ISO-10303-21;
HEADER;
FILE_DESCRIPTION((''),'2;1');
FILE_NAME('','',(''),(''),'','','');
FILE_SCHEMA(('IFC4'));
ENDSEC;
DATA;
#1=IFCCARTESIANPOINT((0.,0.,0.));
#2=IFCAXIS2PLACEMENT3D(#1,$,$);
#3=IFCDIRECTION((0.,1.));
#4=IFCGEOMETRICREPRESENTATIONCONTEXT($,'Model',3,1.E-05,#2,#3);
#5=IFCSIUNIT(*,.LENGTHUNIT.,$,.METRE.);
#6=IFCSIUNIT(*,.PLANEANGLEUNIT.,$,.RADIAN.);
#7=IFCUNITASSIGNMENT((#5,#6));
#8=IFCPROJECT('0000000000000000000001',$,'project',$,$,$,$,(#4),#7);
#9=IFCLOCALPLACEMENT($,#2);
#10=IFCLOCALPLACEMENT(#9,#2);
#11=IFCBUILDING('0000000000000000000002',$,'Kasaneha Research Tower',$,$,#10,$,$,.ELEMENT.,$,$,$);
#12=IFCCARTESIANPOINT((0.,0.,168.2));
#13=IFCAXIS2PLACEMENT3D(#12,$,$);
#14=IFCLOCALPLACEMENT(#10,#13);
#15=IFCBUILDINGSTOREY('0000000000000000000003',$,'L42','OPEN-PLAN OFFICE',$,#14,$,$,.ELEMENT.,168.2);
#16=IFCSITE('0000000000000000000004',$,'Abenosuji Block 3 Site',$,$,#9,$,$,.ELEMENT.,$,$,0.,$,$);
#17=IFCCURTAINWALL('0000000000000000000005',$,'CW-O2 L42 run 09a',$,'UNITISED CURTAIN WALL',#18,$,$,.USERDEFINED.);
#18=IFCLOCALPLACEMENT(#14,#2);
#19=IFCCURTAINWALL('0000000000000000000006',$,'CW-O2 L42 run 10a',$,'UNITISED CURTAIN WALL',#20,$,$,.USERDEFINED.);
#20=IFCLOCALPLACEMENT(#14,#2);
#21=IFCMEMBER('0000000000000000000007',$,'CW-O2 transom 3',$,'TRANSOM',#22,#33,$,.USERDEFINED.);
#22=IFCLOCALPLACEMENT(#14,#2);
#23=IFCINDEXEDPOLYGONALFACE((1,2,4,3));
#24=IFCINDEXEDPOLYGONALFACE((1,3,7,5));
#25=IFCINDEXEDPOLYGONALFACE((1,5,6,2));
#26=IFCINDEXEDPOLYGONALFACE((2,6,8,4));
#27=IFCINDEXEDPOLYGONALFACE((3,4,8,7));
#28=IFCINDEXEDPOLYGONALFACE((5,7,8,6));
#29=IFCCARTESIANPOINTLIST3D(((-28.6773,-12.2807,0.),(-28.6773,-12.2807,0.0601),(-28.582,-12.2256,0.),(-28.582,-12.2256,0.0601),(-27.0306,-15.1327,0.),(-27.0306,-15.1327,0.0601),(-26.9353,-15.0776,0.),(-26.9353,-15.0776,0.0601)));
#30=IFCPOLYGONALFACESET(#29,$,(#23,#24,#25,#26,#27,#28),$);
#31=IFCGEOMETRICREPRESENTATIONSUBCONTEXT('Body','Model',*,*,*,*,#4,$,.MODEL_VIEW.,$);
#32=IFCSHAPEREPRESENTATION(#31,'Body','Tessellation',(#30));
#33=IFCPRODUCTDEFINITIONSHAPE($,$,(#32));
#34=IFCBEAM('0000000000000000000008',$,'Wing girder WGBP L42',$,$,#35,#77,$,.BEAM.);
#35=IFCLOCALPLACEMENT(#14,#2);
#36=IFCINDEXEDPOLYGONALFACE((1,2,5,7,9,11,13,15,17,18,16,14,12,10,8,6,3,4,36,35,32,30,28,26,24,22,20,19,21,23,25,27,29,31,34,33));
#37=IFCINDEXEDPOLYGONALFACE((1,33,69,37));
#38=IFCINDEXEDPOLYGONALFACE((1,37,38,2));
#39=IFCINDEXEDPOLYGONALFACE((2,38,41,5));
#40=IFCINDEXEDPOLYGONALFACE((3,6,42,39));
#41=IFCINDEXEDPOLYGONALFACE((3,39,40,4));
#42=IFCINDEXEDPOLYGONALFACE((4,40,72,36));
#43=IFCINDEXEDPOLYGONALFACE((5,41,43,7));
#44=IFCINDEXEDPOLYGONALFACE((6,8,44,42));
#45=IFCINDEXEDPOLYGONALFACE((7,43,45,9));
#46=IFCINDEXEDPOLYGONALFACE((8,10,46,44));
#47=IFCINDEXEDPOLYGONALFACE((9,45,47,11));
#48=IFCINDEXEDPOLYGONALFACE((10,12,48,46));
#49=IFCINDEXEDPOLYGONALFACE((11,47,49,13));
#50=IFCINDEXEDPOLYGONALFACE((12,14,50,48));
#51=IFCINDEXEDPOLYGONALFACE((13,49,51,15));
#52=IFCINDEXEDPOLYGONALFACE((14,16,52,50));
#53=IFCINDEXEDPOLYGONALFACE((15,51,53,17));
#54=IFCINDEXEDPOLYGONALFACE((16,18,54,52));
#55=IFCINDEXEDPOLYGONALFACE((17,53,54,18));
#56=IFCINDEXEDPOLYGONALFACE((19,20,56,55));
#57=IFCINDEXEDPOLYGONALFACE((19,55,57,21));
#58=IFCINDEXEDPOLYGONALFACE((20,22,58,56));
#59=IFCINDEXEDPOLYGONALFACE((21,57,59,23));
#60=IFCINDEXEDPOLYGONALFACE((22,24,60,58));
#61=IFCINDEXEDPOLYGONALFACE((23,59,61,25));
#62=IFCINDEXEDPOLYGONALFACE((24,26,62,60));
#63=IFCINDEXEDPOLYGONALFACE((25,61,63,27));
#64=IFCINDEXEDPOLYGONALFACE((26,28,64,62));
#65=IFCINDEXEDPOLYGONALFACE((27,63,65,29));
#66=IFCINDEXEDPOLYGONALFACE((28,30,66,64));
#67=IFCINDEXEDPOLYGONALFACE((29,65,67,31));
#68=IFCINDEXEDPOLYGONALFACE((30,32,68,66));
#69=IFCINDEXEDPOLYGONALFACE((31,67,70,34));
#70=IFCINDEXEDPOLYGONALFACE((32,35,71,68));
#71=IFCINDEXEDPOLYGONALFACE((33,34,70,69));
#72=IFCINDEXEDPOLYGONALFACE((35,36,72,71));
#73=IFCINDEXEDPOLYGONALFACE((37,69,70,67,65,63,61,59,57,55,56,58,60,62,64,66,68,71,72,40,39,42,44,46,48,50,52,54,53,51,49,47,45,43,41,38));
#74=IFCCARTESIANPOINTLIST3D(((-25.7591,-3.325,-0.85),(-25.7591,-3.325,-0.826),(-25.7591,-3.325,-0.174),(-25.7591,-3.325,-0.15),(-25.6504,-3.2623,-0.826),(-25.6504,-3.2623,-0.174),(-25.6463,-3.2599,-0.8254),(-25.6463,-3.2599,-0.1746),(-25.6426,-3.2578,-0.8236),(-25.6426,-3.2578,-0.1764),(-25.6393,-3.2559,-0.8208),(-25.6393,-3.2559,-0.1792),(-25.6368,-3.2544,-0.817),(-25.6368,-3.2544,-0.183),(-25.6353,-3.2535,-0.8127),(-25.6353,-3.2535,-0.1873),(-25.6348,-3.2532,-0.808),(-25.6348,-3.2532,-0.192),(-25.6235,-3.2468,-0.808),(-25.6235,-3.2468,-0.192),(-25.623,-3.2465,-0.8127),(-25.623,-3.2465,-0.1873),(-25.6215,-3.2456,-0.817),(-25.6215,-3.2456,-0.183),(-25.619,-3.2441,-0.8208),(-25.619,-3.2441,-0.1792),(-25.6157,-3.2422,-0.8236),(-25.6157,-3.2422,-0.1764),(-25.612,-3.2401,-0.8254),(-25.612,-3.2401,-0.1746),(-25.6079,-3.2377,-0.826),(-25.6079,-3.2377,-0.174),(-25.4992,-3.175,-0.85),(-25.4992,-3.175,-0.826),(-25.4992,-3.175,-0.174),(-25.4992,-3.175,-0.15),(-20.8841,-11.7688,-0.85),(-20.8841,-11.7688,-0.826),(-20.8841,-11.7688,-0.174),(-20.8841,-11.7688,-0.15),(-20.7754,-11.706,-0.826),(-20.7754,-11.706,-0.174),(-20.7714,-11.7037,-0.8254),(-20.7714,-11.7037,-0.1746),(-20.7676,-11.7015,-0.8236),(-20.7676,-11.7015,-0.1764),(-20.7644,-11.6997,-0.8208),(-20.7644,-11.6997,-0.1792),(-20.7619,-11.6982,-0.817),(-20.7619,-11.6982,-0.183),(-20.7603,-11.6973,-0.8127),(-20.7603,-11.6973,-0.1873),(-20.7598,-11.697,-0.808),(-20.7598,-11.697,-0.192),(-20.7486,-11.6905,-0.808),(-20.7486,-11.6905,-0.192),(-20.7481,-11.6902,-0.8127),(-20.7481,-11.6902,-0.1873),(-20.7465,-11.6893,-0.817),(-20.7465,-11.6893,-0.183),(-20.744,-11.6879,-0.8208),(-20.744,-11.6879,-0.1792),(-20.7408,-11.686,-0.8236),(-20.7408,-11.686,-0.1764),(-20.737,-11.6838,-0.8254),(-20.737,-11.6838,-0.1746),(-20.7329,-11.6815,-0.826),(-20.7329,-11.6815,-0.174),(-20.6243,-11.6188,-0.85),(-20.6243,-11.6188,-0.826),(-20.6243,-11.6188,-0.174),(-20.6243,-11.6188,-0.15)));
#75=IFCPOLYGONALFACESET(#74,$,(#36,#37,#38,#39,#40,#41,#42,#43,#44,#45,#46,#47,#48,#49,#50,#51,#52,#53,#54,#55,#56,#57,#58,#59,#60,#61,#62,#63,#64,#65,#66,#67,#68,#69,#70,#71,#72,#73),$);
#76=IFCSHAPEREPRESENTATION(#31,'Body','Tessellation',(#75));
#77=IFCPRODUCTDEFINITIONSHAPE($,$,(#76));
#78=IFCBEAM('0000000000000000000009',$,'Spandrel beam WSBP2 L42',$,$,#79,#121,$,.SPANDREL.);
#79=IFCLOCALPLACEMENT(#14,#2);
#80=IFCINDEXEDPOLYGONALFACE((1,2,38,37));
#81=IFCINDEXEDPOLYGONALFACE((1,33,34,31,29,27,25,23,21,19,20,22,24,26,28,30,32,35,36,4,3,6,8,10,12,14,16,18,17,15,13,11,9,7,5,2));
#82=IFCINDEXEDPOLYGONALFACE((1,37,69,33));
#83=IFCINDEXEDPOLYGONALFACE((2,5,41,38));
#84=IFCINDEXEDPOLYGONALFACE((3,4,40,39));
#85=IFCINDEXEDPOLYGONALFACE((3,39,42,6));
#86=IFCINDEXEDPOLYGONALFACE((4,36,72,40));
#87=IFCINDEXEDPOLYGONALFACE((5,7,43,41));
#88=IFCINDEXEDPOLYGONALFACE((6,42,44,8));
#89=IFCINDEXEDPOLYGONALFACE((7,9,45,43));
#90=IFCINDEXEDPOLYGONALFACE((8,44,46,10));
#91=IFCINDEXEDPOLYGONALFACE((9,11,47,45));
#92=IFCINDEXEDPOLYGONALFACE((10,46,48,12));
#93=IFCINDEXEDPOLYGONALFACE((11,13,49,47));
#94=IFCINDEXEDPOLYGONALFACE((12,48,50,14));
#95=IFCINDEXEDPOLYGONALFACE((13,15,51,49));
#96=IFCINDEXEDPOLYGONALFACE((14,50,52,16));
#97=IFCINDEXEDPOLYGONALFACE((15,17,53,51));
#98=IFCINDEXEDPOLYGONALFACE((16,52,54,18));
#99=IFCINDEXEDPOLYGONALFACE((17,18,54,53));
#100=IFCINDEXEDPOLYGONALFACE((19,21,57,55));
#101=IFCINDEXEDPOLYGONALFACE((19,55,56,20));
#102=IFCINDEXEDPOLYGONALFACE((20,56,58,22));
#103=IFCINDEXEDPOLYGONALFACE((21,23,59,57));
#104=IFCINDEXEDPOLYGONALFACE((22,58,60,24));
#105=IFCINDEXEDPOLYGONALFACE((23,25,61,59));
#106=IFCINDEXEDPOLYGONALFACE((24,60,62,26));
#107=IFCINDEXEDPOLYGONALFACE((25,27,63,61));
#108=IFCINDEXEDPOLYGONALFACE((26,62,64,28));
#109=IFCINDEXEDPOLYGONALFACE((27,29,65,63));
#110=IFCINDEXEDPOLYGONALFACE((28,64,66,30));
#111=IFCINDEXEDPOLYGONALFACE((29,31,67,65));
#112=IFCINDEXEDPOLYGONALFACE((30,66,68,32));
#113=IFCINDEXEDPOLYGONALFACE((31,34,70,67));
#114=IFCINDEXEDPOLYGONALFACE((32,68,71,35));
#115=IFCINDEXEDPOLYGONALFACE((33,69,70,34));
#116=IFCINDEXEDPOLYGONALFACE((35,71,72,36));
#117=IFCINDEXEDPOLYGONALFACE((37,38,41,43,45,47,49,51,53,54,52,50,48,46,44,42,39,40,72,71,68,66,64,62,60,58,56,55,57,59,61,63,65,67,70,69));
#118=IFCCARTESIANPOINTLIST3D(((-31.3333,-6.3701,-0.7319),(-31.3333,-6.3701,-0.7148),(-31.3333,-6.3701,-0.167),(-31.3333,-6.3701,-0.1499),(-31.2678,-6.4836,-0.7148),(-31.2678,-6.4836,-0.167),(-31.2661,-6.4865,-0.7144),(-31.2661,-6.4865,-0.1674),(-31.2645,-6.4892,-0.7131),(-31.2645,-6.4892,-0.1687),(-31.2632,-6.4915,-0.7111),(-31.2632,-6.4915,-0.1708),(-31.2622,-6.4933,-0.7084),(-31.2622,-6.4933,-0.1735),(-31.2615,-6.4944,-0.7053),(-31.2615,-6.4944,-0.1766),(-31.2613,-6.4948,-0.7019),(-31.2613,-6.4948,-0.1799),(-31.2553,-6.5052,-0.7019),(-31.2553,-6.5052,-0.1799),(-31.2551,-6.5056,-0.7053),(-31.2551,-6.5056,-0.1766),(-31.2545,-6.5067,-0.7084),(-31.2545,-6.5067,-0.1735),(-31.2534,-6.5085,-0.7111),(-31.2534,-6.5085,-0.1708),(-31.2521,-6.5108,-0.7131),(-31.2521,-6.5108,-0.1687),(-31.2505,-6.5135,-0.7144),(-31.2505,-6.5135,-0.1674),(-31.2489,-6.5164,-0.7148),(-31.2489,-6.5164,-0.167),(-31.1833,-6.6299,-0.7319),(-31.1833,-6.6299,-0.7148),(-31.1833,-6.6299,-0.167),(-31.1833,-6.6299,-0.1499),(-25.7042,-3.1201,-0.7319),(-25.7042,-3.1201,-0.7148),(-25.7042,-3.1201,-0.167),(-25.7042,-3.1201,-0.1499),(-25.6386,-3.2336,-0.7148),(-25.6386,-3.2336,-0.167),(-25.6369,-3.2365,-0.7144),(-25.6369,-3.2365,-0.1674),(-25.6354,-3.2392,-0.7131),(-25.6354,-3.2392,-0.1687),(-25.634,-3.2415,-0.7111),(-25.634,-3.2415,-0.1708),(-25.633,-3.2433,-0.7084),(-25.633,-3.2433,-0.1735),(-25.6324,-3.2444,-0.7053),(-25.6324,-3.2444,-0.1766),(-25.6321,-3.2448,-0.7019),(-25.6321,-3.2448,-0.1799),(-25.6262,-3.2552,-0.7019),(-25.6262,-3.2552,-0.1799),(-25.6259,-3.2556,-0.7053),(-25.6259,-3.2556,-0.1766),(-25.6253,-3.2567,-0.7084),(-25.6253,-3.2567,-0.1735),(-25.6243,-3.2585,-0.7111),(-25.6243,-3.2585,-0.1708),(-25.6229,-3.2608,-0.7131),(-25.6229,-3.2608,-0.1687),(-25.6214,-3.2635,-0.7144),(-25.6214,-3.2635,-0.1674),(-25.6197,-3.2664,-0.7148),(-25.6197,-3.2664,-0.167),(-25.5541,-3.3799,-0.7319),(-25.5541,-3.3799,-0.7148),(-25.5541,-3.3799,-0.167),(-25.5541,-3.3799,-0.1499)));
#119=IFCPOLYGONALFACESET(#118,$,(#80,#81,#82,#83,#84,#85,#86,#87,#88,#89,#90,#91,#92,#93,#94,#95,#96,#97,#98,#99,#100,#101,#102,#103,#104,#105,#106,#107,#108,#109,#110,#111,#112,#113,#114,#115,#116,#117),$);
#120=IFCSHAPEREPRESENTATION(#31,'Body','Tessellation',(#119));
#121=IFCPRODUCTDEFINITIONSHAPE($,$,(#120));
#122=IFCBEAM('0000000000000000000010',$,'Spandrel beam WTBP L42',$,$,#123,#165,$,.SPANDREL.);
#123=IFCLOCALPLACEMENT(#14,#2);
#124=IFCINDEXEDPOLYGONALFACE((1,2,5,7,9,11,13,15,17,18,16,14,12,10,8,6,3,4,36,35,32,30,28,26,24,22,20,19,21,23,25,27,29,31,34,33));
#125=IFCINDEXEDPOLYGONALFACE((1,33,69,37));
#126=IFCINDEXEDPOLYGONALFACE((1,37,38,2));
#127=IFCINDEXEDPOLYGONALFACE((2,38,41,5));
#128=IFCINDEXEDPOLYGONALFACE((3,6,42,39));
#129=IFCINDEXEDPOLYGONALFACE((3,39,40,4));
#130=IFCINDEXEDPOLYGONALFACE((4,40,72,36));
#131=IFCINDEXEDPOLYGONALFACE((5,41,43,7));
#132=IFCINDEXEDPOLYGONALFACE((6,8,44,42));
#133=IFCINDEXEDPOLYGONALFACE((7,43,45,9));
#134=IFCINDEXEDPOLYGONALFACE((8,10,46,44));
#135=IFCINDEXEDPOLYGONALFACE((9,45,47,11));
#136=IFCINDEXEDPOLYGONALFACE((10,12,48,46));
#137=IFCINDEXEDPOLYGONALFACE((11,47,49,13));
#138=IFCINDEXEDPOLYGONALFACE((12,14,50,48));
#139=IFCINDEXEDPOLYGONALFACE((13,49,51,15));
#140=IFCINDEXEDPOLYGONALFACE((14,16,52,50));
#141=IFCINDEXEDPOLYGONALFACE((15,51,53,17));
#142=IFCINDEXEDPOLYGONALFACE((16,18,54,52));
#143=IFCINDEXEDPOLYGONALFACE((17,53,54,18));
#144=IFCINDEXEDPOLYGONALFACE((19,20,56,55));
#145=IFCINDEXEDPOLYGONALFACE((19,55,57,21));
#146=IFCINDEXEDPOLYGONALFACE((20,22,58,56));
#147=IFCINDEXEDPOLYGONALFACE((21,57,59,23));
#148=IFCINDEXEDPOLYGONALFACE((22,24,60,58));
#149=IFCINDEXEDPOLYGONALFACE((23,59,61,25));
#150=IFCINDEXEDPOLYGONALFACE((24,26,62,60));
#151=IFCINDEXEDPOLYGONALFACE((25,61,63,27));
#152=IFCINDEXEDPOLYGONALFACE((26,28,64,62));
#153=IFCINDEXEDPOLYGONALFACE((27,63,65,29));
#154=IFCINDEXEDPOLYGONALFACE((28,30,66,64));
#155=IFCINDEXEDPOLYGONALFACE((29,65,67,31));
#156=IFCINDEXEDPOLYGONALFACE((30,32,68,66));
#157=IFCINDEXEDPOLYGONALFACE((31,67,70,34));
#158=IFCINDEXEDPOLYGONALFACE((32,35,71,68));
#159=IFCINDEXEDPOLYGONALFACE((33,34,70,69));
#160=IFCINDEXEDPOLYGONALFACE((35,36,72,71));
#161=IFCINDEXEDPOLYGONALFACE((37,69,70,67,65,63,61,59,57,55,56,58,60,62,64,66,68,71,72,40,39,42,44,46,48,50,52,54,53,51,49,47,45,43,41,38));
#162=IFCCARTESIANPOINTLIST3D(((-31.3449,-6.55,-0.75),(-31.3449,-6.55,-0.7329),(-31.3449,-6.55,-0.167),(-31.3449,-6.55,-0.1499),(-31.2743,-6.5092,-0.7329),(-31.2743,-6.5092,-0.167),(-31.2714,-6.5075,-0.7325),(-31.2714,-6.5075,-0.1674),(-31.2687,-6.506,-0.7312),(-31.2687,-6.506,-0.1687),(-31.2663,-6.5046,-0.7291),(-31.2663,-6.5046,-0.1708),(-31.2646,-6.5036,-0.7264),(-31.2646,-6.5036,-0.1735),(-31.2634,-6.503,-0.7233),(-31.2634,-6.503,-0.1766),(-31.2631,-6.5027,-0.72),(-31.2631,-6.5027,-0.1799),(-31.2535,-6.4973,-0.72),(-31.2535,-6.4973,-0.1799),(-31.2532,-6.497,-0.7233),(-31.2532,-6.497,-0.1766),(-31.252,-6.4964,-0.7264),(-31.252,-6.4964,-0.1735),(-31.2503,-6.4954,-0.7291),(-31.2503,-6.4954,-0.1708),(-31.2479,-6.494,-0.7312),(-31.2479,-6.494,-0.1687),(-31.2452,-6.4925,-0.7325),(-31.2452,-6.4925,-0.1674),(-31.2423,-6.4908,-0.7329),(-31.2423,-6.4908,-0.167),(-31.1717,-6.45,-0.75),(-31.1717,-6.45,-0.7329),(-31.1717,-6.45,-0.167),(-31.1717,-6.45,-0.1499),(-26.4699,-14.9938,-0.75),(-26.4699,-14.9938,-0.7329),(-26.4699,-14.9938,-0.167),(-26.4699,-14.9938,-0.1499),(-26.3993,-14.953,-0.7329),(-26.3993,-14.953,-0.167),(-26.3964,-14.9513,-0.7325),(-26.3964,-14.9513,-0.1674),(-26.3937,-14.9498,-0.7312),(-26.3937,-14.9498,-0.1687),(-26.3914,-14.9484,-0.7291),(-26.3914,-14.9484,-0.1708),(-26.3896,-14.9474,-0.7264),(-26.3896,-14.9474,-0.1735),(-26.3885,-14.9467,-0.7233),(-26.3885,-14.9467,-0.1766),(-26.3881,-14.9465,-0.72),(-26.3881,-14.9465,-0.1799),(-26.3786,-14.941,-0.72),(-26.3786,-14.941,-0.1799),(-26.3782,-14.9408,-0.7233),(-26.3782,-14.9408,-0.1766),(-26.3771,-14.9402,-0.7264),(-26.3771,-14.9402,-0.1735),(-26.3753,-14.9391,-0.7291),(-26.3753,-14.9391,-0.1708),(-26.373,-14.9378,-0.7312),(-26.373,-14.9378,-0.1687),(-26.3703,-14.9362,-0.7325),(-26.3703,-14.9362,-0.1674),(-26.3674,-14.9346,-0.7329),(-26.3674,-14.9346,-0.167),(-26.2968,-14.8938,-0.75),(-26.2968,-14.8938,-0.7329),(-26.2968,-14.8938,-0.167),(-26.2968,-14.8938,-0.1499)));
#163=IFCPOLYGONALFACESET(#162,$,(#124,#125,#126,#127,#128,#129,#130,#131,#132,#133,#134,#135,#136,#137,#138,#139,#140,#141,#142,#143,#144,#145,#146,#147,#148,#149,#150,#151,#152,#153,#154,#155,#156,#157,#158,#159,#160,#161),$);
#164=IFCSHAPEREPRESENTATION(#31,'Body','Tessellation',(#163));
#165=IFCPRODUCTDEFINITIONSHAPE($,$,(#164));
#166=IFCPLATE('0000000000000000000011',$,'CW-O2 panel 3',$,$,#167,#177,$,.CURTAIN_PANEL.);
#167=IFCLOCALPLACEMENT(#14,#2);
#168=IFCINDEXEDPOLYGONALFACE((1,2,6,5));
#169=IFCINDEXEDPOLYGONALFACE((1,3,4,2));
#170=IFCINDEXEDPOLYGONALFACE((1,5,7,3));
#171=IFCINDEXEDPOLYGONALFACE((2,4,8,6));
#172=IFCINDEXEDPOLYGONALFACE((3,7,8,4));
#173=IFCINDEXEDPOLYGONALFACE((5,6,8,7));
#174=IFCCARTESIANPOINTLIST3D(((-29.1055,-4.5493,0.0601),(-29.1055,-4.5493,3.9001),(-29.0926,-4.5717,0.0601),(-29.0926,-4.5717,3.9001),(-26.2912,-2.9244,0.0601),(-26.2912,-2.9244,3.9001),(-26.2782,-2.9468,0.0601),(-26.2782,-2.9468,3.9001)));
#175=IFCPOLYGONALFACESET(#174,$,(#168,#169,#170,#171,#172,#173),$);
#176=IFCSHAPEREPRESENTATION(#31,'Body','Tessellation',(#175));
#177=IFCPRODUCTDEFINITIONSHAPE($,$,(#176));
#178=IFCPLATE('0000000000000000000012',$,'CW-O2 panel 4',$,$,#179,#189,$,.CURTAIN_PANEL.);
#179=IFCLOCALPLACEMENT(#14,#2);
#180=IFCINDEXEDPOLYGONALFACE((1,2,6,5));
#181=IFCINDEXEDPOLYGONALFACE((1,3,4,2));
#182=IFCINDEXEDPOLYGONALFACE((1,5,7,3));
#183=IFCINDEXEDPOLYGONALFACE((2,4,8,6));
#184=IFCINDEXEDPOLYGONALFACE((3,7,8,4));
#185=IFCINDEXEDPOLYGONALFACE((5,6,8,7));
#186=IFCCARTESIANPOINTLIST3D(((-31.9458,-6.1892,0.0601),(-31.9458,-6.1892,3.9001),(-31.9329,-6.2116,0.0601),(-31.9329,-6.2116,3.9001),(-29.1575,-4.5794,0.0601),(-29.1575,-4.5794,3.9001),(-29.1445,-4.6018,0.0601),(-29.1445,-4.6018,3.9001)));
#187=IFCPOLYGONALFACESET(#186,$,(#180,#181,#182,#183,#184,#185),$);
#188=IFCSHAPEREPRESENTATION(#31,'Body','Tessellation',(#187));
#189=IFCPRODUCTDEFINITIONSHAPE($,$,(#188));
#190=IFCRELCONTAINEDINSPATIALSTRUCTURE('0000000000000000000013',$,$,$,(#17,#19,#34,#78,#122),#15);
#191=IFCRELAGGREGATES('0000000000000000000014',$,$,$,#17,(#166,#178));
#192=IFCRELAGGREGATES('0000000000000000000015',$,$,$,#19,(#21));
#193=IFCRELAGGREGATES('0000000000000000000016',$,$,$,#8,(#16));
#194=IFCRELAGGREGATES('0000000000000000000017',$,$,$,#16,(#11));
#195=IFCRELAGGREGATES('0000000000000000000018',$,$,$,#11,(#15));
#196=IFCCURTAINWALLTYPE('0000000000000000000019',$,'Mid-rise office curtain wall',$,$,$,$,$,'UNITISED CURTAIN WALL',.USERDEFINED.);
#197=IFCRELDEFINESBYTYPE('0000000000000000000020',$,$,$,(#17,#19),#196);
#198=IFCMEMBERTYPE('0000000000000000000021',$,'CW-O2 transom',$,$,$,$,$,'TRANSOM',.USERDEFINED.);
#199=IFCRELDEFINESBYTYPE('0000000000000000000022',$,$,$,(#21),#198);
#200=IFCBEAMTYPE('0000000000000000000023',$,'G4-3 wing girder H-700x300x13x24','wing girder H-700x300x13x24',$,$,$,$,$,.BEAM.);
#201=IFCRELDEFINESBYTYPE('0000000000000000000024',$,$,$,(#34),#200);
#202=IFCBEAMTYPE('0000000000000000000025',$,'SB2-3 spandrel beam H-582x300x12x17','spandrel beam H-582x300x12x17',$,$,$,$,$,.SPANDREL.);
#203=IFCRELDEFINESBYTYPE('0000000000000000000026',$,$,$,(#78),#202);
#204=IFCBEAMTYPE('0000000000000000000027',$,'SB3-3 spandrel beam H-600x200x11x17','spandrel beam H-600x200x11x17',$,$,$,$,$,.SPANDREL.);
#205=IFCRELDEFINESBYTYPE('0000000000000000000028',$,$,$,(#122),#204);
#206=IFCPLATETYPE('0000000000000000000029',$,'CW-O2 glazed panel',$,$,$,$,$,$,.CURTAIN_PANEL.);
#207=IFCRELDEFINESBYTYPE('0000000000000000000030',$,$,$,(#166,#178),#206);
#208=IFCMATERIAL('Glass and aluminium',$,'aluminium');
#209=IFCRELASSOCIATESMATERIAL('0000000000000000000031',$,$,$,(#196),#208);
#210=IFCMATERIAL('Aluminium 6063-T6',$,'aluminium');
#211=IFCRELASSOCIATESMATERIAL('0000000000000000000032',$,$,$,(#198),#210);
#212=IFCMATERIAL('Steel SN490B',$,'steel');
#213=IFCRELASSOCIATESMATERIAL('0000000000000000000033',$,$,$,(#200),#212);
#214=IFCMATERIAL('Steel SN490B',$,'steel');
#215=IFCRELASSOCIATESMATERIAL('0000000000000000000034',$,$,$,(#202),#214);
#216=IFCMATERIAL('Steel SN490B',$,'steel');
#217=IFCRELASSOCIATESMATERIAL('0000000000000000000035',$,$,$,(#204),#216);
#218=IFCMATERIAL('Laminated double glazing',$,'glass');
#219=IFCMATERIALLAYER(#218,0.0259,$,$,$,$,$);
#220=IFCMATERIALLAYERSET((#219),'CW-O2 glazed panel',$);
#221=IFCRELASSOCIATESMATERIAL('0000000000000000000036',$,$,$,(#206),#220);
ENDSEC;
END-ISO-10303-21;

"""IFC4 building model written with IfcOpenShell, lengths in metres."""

from ifc_helpers import new_model, si_unit, direction, frame, origin, origin_2d, place, context, subcontext, project, spatial, rectangle, i_section, extrude, material, layer, layer_set, material_profile, profile_set, type_object, element, aggregate, save


model = new_model("IFC4")

# Units and contexts
model_context = context("Model", 3, precision=1e-05, world=origin(), true_north=direction((0.0, 1.0)))
body_context = subcontext(model_context, "Body", "Model", "MODEL_VIEW")
ifc_project = project(units=[si_unit("LENGTHUNIT", "METRE"), si_unit("PLANEANGLEUNIT", "RADIAN")], contexts=[model_context])

# Site, building, storey
site_placement = place(None, origin())
site = spatial("IfcSite", under=ifc_project, at=site_placement, Name="Abenosuji Block 3 Site", CompositionType="ELEMENT", RefElevation=0.0)
building_placement = place(site_placement, origin())
building = spatial("IfcBuilding", under=site, at=building_placement, Name="Kasaneha Research Tower", CompositionType="ELEMENT")
storey_placement = place(building_placement, frame((0.0, 0.0, 168.2)))
storey = spatial("IfcBuildingStorey", under=building, at=storey_placement, Name="L42", Description="OPEN-PLAN OFFICE", CompositionType="ELEMENT", Elevation=168.2)

# Curtain walls
ifc_material_1 = material(Name="Glass and aluminium", Category="aluminium")
curtain_wall_type = type_object("IfcCurtainWallType", Name="Mid-rise office curtain wall", ElementType="UNITISED CURTAIN WALL", PredefinedType="USERDEFINED", material=ifc_material_1)
curtain_wall_1_placement = place(storey_placement, origin())
curtain_wall_1 = element("IfcCurtainWall", 1, at=curtain_wall_1_placement, inside=storey, type_object=curtain_wall_type, Name="CW-O2 L42 run 09a", ObjectType="UNITISED CURTAIN WALL", PredefinedType="USERDEFINED")
curtain_wall_2_placement = place(storey_placement, origin())
curtain_wall_2 = element("IfcCurtainWall", 2, at=curtain_wall_2_placement, inside=storey, type_object=curtain_wall_type, Name="CW-O2 L42 run 10a", ObjectType="UNITISED CURTAIN WALL", PredefinedType="USERDEFINED")

# Member
ifc_material_2 = material(Name="Aluminium 6063-T6", Category="aluminium")
ifc_material_profile_1 = material_profile(ifc_material_2, rectangle(XDim=0.1101, YDim=0.0601, at=origin_2d()), Name="CW-O2 transom 110x60")
ifc_profile_set_1 = profile_set([ifc_material_profile_1], Name="Aluminium 6063-T6")
member_type_1 = type_object("IfcMemberType", Name="CW-O2 transom", ElementType="TRANSOM", PredefinedType="USERDEFINED", material=ifc_profile_set_1)
member_1_placement = place(storey_placement, frame((-28.6296, -12.2532, 0.03), z_axis=(0.500022, -0.866013, 0.0), x_axis=(0.866013, 0.500022, 0.0)))
member_1 = element("IfcMember", 3, at=member_1_placement, type_object=member_type_1, Name="CW-O2 transom 3", ObjectType="TRANSOM", PredefinedType="USERDEFINED", context=body_context, shape_type="SweptSolid", body=[
    extrude(rectangle(XDim=0.1101, YDim=0.0601, at=origin_2d()), origin(), (0.0, 0.0, 1.0), 3.2932),
])

# Beams
ifc_material_3 = material(Name="Steel SN490B", Category="steel")
ifc_material_profile_2 = material_profile(ifc_material_3, i_section(OverallWidth=0.3, OverallDepth=0.7, WebThickness=0.0129, FlangeThickness=0.0239, FilletRadius=0.0181, at=origin_2d()), Name="H-700x300x13x24")
ifc_profile_set_2 = profile_set([ifc_material_profile_2], Name="Steel SN490B")
beam_type_1 = type_object("IfcBeamType", Name="G4-3 wing girder H-700x300x13x24", Description="wing girder H-700x300x13x24", PredefinedType="BEAM", material=ifc_profile_set_2)
beam_1_placement = place(storey_placement, frame((-25.6292, -3.25, -0.5), z_axis=(0.499996, -0.866028, 0.0), x_axis=(0.866028, 0.499996, 0.0)))
element("IfcBeam", 4, at=beam_1_placement, inside=storey, type_object=beam_type_1, Name="Wing girder WGBP L42", PredefinedType="BEAM", context=body_context, shape_type="SweptSolid", body=[
    extrude(i_section(OverallWidth=0.3, OverallDepth=0.7, WebThickness=0.0129, FlangeThickness=0.0239, FilletRadius=0.0181, at=origin_2d()), origin(), (0.0, 0.0, 1.0), 9.75),
])
ifc_material_4 = material(Name="Steel SN490B", Category="steel")
ifc_material_profile_3 = material_profile(ifc_material_4, i_section(OverallWidth=0.3, OverallDepth=0.582, WebThickness=0.012, FlangeThickness=0.0171, FilletRadius=0.0129, at=origin_2d()), Name="H-582x300x12x17")
ifc_profile_set_3 = profile_set([ifc_material_profile_3], Name="Steel SN490B")
beam_type_2 = type_object("IfcBeamType", Name="SB2-3 spandrel beam H-582x300x12x17", Description="spandrel beam H-582x300x12x17", PredefinedType="SPANDREL", material=ifc_profile_set_3)
beam_2_placement = place(storey_placement, frame((-25.6292, -3.25, -0.4409), z_axis=(-0.866025, -0.500001, 0.0), x_axis=(0.500001, -0.866025, 0.0)))
element("IfcBeam", 5, at=beam_2_placement, inside=storey, type_object=beam_type_2, Name="Spandrel beam WSBP2 L42", PredefinedType="SPANDREL", context=body_context, shape_type="SweptSolid", body=[
    extrude(i_section(OverallWidth=0.3, OverallDepth=0.582, WebThickness=0.012, FlangeThickness=0.0171, FilletRadius=0.0129, at=origin_2d()), origin(), (0.0, 0.0, 1.0), 6.5),
])
ifc_material_5 = material(Name="Steel SN490B", Category="steel")
ifc_material_profile_4 = material_profile(ifc_material_5, i_section(OverallWidth=0.2, OverallDepth=0.6001, WebThickness=0.011, FlangeThickness=0.0171, FilletRadius=0.0129, at=origin_2d()), Name="H-600x200x11x17")
ifc_profile_set_4 = profile_set([ifc_material_profile_4], Name="Steel SN490B")
beam_type_3 = type_object("IfcBeamType", Name="SB3-3 spandrel beam H-600x200x11x17", Description="spandrel beam H-600x200x11x17", PredefinedType="SPANDREL", material=ifc_profile_set_4)
beam_3_placement = place(storey_placement, frame((-31.2583, -6.5, -0.45), z_axis=(0.499996, -0.866028, 0.0), x_axis=(0.866028, 0.499996, 0.0)))
element("IfcBeam", 6, at=beam_3_placement, inside=storey, type_object=beam_type_3, Name="Spandrel beam WTBP L42", PredefinedType="SPANDREL", context=body_context, shape_type="SweptSolid", body=[
    extrude(i_section(OverallWidth=0.2, OverallDepth=0.6001, WebThickness=0.011, FlangeThickness=0.0171, FilletRadius=0.0129, at=origin_2d()), origin(), (0.0, 0.0, 1.0), 9.75),
])

# Plates
ifc_material_6 = material(Name="Laminated double glazing", Category="glass")
ifc_layer_1 = layer(ifc_material_6, 0.0259)
ifc_layer_set_1 = layer_set([ifc_layer_1], Name="CW-O2 glazed panel")
plate_type = type_object("IfcPlateType", Name="CW-O2 glazed panel", PredefinedType="CURTAIN_PANEL", material=ifc_layer_set_1)
plate_1_placement = place(storey_placement, frame((-27.6919, -3.748, 0.0601), z_axis=(0.0, 0.0, 1.0), x_axis=(-0.866025, -0.5, 0.0)))
plate_1 = element("IfcPlate", 7, at=plate_1_placement, type_object=plate_type, Name="CW-O2 panel 3", PredefinedType="CURTAIN_PANEL", context=body_context, shape_type="SweptSolid", body=[
    extrude(rectangle(XDim=3.2498, YDim=0.0259, at=origin_2d()), origin(), (0.0, 0.0, 1.0), 3.8401),
])
plate_2_placement = place(storey_placement, frame((-30.5452, -5.3955, 0.0601), z_axis=(0.0, 0.0, 1.0), x_axis=(-0.866025, -0.5, 0.0)))
plate_2 = element("IfcPlate", 8, at=plate_2_placement, type_object=plate_type, Name="CW-O2 panel 4", PredefinedType="CURTAIN_PANEL", context=body_context, shape_type="SweptSolid", body=[
    extrude(rectangle(XDim=3.2197, YDim=0.0259, at=origin_2d()), origin(), (0.0, 0.0, 1.0), 3.8401),
])
aggregate(curtain_wall_1, [plate_1, plate_2])
aggregate(curtain_wall_2, [member_1])

save(model, "model.ifc")
